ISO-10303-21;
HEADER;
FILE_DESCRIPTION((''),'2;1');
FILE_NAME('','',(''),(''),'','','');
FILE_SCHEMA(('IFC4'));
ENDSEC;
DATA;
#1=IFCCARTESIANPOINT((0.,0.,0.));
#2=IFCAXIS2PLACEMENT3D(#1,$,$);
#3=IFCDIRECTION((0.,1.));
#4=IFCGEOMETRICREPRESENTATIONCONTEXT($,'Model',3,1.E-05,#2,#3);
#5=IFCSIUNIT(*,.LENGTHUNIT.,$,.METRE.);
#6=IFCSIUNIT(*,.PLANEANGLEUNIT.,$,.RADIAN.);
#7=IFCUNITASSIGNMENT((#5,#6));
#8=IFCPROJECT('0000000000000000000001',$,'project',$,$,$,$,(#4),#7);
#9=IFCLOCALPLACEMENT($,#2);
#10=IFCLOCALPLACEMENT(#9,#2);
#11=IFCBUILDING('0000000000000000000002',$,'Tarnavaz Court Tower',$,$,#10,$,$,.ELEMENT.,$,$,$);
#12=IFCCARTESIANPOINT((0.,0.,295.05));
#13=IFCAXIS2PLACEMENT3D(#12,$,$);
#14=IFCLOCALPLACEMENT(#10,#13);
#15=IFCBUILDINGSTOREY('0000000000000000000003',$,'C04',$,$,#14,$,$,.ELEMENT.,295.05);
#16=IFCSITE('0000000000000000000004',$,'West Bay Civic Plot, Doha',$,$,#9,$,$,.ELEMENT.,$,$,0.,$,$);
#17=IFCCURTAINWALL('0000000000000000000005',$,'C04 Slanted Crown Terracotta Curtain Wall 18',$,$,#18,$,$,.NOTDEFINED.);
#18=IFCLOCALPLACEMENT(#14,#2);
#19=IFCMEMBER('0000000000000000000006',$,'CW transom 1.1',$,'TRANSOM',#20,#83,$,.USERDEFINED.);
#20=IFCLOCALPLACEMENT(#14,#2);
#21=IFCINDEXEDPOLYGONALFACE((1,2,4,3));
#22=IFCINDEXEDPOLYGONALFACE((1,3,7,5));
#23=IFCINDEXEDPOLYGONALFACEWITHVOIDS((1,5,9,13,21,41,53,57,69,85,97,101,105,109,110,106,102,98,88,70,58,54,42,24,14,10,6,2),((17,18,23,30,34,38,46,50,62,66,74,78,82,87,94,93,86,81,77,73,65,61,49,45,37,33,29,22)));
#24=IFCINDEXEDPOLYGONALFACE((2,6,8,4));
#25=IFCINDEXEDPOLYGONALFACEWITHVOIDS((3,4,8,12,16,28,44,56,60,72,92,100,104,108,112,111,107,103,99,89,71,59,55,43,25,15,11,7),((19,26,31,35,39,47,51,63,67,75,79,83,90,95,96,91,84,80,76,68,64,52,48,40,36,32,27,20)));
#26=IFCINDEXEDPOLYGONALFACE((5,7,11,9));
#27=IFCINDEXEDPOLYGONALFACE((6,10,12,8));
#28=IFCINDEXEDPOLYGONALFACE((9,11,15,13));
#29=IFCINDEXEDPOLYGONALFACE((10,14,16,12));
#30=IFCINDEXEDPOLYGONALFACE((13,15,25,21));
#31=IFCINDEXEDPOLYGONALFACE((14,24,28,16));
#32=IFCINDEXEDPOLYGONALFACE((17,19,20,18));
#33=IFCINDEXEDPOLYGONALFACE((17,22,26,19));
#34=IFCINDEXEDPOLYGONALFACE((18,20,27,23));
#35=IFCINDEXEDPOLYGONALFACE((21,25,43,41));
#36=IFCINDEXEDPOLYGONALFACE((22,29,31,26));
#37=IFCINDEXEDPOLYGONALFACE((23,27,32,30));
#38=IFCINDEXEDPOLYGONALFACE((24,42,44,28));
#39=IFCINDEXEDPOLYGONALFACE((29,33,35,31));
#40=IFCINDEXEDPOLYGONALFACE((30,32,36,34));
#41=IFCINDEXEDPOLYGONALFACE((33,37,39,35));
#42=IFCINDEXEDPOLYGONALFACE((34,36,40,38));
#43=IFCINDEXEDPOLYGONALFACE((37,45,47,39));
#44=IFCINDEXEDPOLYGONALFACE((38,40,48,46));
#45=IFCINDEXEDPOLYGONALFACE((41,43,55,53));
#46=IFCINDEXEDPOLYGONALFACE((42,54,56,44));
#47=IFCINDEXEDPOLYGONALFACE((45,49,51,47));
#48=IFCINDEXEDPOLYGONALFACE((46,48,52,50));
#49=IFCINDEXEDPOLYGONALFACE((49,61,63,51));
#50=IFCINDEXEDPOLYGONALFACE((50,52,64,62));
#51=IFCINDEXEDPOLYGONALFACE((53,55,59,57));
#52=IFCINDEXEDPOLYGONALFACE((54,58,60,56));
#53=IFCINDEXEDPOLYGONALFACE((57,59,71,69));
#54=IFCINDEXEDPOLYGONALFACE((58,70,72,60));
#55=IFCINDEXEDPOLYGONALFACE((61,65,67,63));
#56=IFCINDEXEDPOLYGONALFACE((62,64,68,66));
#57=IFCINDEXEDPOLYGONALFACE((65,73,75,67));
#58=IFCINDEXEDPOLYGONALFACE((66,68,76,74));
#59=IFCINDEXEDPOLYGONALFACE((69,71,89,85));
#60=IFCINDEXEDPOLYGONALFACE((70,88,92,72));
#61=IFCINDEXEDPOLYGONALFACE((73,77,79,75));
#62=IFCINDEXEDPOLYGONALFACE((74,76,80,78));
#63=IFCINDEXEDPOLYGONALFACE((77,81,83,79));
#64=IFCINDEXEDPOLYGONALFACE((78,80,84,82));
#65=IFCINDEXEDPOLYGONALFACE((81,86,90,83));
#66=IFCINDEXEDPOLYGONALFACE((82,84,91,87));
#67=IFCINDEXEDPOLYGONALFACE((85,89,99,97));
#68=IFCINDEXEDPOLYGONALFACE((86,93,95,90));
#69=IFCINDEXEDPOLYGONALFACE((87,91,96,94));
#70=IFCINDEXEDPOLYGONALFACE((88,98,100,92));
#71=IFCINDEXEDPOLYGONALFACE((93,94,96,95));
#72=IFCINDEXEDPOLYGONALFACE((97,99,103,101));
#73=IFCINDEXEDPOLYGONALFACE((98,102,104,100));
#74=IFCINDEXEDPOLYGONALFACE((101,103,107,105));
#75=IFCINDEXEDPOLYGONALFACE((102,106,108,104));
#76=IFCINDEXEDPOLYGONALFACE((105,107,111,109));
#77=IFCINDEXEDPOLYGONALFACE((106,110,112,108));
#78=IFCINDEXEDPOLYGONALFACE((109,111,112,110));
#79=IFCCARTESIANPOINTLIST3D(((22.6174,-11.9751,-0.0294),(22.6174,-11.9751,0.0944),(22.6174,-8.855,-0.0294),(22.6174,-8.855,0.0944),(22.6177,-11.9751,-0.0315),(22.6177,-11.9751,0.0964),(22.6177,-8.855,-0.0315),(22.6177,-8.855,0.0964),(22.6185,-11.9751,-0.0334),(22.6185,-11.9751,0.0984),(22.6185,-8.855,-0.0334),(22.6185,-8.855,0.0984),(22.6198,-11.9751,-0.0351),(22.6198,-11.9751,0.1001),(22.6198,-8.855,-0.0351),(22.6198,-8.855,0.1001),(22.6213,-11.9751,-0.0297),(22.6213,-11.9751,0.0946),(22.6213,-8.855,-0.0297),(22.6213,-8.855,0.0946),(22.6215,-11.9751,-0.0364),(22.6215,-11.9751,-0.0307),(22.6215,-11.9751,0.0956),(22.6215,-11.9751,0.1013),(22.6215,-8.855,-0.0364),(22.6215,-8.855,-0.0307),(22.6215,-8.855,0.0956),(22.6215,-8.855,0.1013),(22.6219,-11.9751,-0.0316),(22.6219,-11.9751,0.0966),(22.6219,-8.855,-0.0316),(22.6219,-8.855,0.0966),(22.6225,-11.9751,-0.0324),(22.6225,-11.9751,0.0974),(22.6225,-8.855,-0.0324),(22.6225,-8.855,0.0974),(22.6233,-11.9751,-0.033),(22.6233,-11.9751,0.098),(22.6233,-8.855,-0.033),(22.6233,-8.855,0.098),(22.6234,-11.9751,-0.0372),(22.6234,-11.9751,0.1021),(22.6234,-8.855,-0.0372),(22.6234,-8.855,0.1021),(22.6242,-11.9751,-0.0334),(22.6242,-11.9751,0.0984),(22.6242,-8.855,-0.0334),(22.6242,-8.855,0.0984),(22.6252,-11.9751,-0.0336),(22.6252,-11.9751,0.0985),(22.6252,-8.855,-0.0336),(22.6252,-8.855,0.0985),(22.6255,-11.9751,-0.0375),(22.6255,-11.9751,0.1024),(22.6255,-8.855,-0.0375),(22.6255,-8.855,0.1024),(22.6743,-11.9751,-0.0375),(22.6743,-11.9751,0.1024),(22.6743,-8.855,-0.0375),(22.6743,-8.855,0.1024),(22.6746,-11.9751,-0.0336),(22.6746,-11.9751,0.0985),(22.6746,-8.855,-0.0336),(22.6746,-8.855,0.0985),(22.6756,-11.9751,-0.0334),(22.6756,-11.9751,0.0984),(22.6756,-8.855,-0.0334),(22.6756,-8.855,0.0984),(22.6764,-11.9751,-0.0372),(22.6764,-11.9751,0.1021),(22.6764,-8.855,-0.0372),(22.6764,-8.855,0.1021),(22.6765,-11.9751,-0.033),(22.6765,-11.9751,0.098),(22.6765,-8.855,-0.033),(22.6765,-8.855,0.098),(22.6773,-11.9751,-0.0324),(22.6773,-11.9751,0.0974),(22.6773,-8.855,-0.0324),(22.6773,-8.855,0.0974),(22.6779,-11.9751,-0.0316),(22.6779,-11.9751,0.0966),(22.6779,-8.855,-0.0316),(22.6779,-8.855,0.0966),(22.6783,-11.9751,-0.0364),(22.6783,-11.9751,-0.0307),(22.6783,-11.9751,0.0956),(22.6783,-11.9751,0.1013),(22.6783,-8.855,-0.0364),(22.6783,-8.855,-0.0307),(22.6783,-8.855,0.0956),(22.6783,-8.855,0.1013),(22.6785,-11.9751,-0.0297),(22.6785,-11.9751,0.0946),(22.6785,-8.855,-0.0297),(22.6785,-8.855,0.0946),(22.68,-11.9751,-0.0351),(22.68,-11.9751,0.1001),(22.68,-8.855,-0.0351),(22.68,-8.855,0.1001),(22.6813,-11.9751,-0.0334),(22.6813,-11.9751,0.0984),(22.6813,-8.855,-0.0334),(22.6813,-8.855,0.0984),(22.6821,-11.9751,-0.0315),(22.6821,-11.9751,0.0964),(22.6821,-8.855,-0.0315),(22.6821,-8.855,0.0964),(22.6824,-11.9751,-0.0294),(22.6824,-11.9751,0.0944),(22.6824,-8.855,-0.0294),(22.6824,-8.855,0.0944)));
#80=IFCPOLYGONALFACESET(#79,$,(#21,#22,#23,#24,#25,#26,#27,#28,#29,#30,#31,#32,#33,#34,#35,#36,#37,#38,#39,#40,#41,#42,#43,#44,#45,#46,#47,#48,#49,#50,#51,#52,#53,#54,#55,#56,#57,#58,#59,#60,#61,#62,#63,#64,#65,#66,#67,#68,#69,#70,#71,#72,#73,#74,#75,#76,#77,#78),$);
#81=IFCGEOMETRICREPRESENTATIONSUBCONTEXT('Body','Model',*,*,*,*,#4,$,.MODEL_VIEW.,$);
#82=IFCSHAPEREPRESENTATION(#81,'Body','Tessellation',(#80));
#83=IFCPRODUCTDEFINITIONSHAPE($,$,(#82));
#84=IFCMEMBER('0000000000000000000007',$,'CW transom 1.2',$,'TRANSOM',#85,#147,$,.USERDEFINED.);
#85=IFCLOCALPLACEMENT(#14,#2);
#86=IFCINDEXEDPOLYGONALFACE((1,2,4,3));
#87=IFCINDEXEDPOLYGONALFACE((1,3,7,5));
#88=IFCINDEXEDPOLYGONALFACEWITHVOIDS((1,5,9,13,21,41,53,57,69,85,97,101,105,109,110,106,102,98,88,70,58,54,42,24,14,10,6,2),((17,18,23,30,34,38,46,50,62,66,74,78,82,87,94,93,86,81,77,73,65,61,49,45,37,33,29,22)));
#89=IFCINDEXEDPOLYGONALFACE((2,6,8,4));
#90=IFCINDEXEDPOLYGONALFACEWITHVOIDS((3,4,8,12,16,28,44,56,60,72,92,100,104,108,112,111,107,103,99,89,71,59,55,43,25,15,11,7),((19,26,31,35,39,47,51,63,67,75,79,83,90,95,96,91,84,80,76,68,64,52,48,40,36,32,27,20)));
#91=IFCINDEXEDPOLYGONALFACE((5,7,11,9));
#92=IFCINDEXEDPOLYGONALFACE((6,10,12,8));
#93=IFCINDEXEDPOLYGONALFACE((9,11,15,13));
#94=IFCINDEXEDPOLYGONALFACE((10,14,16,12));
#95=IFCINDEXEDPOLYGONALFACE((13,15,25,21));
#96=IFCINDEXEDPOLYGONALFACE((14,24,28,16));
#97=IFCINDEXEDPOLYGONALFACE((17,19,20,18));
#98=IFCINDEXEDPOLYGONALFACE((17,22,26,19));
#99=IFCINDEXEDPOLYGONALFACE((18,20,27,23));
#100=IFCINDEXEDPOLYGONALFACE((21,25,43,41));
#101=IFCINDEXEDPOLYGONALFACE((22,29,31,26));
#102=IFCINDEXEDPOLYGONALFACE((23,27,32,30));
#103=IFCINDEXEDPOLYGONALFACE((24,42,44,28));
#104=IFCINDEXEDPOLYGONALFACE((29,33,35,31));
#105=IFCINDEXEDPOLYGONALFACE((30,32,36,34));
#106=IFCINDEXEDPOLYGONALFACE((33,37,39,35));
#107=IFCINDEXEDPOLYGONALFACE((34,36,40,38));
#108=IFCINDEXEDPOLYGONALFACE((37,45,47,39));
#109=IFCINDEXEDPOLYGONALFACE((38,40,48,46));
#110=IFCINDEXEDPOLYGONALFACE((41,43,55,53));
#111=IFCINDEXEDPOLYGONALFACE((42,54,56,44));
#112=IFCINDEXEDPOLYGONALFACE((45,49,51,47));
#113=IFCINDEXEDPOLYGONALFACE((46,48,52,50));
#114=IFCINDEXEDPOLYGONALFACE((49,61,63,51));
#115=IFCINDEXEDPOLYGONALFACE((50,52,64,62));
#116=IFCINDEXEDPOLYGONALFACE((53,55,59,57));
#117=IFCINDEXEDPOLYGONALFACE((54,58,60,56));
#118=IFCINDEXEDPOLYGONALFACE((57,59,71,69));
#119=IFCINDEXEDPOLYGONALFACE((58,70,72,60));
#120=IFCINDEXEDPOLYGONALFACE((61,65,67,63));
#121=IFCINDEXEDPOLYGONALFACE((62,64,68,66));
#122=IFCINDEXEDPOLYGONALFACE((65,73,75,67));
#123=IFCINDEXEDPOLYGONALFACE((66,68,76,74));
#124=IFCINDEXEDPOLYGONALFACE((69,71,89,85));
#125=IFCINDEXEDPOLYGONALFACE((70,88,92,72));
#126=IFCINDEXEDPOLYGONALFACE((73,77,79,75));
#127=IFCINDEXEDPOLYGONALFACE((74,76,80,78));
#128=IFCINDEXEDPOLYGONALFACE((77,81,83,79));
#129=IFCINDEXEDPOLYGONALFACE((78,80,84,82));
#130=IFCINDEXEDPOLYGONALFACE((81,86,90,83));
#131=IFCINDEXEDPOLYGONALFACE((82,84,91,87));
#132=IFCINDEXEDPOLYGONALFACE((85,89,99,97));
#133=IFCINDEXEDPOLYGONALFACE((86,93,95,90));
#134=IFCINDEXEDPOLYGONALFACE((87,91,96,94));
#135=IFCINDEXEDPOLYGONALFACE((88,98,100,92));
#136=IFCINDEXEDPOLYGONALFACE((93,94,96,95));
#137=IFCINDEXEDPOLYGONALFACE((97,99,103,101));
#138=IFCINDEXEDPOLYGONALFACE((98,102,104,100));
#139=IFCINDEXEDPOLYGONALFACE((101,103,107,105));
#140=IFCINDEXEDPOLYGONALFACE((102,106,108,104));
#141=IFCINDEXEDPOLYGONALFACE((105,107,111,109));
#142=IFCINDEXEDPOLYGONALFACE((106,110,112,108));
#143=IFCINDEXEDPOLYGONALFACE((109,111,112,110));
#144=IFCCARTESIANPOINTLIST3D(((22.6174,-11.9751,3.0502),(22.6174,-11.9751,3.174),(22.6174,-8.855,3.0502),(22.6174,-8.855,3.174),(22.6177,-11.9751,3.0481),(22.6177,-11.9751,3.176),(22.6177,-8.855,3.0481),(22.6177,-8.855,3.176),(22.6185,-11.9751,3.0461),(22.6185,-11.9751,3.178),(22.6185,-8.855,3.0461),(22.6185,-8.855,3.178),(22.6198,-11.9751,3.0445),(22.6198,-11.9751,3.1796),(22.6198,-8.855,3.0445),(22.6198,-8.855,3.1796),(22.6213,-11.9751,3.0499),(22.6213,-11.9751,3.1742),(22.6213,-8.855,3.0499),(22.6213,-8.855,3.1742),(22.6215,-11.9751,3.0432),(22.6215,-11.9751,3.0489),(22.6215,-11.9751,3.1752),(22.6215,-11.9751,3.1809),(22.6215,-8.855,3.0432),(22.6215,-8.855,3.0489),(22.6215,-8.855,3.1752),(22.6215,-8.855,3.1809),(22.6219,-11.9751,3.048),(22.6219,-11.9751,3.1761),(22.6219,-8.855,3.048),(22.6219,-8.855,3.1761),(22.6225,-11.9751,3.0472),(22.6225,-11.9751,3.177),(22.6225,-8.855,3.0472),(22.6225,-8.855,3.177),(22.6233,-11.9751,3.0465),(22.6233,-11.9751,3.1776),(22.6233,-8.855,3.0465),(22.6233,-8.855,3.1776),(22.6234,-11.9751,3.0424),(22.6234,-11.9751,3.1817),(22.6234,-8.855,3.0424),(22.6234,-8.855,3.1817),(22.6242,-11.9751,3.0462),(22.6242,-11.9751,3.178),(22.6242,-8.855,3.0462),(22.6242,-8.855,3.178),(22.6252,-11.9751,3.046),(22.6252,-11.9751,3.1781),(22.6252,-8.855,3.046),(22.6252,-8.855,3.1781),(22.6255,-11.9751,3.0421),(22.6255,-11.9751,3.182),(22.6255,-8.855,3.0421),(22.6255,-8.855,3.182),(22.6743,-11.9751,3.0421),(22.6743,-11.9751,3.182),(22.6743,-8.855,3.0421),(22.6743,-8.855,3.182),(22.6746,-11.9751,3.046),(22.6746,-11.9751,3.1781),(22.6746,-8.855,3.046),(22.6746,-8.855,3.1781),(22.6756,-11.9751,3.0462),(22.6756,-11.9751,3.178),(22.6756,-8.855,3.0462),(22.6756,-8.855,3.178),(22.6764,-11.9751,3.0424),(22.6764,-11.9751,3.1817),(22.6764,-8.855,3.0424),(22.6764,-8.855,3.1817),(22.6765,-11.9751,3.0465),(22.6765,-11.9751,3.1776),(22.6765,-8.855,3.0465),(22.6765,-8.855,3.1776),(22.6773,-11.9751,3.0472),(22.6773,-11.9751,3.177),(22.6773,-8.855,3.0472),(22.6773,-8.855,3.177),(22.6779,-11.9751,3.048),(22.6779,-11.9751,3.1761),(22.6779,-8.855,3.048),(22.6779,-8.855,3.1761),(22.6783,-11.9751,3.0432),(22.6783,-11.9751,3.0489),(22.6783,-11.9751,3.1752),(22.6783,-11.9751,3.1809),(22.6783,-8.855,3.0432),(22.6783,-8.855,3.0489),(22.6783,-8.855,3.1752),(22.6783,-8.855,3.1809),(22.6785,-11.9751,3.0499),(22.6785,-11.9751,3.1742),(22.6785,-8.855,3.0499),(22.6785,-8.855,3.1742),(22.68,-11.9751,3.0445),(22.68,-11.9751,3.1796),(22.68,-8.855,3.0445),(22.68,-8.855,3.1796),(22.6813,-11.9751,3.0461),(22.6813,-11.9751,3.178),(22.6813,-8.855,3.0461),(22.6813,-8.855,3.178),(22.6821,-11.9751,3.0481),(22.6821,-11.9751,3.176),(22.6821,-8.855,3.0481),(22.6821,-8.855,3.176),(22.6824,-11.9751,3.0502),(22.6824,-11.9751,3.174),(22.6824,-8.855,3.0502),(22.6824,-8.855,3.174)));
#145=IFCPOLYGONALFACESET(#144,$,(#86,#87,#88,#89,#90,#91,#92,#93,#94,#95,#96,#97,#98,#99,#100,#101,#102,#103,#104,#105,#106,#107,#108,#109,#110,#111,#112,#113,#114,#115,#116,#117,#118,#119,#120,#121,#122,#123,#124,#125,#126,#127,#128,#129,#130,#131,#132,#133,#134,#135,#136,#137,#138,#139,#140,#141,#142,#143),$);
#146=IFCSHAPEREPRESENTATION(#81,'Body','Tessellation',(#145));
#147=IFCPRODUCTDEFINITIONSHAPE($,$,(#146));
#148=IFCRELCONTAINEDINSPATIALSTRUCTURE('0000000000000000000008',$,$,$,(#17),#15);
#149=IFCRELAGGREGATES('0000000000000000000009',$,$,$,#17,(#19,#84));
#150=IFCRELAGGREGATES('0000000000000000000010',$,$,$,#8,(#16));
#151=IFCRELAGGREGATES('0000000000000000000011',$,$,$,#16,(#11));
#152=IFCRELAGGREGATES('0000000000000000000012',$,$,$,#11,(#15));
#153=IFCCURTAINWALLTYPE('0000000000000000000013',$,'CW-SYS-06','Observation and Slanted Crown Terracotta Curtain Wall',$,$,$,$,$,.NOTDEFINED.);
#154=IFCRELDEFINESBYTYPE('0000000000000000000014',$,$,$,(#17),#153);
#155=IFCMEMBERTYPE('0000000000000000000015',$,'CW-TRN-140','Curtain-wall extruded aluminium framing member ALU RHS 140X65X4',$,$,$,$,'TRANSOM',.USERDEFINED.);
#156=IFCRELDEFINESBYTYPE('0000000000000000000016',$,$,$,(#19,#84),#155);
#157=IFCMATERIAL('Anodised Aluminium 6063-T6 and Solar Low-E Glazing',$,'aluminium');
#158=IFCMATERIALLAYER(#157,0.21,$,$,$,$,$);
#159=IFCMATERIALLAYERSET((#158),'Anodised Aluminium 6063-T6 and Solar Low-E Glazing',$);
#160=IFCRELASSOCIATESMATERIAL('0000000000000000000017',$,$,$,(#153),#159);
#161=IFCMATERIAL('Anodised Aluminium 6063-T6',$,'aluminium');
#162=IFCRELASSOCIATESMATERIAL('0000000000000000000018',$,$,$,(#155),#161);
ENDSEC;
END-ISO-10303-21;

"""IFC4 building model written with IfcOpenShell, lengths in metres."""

from ifc_helpers import new_model, si_unit, direction, frame, origin, origin_2d, place, context, subcontext, project, spatial, hollow_rectangle, extrude, material, layer, layer_set, material_profile, profile_set, type_object, element, aggregate, save


model = new_model("IFC4")

# Units and contexts
model_context = context("Model", 3, precision=1e-05, world=origin(), true_north=direction((0.0, 1.0)))
body_context = subcontext(model_context, "Body", "Model", "MODEL_VIEW")
ifc_project = project(units=[si_unit("LENGTHUNIT", "METRE"), si_unit("PLANEANGLEUNIT", "RADIAN")], contexts=[model_context])

# Site, building, storey
site_placement = place(None, origin())
site = spatial("IfcSite", under=ifc_project, at=site_placement, Name="West Bay Civic Plot, Doha", CompositionType="ELEMENT", RefElevation=0.0)
building_placement = place(site_placement, origin())
building = spatial("IfcBuilding", under=site, at=building_placement, Name="Tarnavaz Court Tower", CompositionType="ELEMENT")
storey_placement = place(building_placement, frame((0.0, 0.0, 295.05)))
storey = spatial("IfcBuildingStorey", under=building, at=storey_placement, Name="C04", CompositionType="ELEMENT", Elevation=295.05)

# Shared definitions
ifc_material_1 = material(Name="Anodised Aluminium 6063-T6 and Solar Low-E Glazing", Category="aluminium")
ifc_layer_1 = layer(ifc_material_1, 0.21)
ifc_layer_set_1 = layer_set([ifc_layer_1], Name="Anodised Aluminium 6063-T6 and Solar Low-E Glazing")
curtain_wall_type = type_object("IfcCurtainWallType", Name="CW-SYS-06", Description="Observation and Slanted Crown Terracotta Curtain Wall", PredefinedType="NOTDEFINED", material=ifc_layer_set_1)
ifc_material_2 = material(Name="Anodised Aluminium 6063-T6", Category="aluminium")

# Curtain wall
curtain_wall_1_placement = place(storey_placement, origin())
curtain_wall_1 = element("IfcCurtainWall", 1, at=curtain_wall_1_placement, inside=storey, type_object=curtain_wall_type, Name="C04 Slanted Crown Terracotta Curtain Wall 18", PredefinedType="NOTDEFINED")

# Members
ifc_material_profile_1 = material_profile(ifc_material_2, hollow_rectangle(XDim=0.0649, YDim=0.1399, WallThickness=0.0039, InnerFilletRadius=0.0039, OuterFilletRadius=0.0081, at=origin_2d()), Name="ALU RHS 140X65X4")
ifc_profile_set_1 = profile_set([ifc_material_profile_1], Name="Anodised Aluminium 6063-T6")
member_type_1 = type_object("IfcMemberType", Name="CW-TRN-140", Description="Curtain-wall extruded aluminium framing member ALU RHS 140X65X4", ElementType="TRANSOM", PredefinedType="USERDEFINED", material=ifc_profile_set_1)
member_1_placement = place(storey_placement, frame((22.6499, -8.855, 0.0325), z_axis=(0.0, -1.0, 0.0), x_axis=(1.0, 0.0, 0.0)))
member_1 = element("IfcMember", 2, at=member_1_placement, type_object=member_type_1, Name="CW transom 1.1", ObjectType="TRANSOM", PredefinedType="USERDEFINED", context=body_context, shape_type="SweptSolid", body=[
    extrude(hollow_rectangle(XDim=0.0649, YDim=0.1399, WallThickness=0.0039, InnerFilletRadius=0.0039, OuterFilletRadius=0.0081, at=origin_2d()), origin(), (0.0, 0.0, 1.0), 3.1201),
])
member_2_placement = place(storey_placement, frame((22.6499, -8.855, 3.1121), z_axis=(0.0, -1.0, 0.0), x_axis=(1.0, 0.0, 0.0)))
member_2 = element("IfcMember", 3, at=member_2_placement, type_object=member_type_1, Name="CW transom 1.2", ObjectType="TRANSOM", PredefinedType="USERDEFINED", context=body_context, shape_type="SweptSolid", body=[
    extrude(hollow_rectangle(XDim=0.0649, YDim=0.1399, WallThickness=0.0039, InnerFilletRadius=0.0039, OuterFilletRadius=0.0081, at=origin_2d()), origin(), (0.0, 0.0, 1.0), 3.1201),
])

aggregate(curtain_wall_1, [member_1, member_2])

save(model, "model.ifc")
